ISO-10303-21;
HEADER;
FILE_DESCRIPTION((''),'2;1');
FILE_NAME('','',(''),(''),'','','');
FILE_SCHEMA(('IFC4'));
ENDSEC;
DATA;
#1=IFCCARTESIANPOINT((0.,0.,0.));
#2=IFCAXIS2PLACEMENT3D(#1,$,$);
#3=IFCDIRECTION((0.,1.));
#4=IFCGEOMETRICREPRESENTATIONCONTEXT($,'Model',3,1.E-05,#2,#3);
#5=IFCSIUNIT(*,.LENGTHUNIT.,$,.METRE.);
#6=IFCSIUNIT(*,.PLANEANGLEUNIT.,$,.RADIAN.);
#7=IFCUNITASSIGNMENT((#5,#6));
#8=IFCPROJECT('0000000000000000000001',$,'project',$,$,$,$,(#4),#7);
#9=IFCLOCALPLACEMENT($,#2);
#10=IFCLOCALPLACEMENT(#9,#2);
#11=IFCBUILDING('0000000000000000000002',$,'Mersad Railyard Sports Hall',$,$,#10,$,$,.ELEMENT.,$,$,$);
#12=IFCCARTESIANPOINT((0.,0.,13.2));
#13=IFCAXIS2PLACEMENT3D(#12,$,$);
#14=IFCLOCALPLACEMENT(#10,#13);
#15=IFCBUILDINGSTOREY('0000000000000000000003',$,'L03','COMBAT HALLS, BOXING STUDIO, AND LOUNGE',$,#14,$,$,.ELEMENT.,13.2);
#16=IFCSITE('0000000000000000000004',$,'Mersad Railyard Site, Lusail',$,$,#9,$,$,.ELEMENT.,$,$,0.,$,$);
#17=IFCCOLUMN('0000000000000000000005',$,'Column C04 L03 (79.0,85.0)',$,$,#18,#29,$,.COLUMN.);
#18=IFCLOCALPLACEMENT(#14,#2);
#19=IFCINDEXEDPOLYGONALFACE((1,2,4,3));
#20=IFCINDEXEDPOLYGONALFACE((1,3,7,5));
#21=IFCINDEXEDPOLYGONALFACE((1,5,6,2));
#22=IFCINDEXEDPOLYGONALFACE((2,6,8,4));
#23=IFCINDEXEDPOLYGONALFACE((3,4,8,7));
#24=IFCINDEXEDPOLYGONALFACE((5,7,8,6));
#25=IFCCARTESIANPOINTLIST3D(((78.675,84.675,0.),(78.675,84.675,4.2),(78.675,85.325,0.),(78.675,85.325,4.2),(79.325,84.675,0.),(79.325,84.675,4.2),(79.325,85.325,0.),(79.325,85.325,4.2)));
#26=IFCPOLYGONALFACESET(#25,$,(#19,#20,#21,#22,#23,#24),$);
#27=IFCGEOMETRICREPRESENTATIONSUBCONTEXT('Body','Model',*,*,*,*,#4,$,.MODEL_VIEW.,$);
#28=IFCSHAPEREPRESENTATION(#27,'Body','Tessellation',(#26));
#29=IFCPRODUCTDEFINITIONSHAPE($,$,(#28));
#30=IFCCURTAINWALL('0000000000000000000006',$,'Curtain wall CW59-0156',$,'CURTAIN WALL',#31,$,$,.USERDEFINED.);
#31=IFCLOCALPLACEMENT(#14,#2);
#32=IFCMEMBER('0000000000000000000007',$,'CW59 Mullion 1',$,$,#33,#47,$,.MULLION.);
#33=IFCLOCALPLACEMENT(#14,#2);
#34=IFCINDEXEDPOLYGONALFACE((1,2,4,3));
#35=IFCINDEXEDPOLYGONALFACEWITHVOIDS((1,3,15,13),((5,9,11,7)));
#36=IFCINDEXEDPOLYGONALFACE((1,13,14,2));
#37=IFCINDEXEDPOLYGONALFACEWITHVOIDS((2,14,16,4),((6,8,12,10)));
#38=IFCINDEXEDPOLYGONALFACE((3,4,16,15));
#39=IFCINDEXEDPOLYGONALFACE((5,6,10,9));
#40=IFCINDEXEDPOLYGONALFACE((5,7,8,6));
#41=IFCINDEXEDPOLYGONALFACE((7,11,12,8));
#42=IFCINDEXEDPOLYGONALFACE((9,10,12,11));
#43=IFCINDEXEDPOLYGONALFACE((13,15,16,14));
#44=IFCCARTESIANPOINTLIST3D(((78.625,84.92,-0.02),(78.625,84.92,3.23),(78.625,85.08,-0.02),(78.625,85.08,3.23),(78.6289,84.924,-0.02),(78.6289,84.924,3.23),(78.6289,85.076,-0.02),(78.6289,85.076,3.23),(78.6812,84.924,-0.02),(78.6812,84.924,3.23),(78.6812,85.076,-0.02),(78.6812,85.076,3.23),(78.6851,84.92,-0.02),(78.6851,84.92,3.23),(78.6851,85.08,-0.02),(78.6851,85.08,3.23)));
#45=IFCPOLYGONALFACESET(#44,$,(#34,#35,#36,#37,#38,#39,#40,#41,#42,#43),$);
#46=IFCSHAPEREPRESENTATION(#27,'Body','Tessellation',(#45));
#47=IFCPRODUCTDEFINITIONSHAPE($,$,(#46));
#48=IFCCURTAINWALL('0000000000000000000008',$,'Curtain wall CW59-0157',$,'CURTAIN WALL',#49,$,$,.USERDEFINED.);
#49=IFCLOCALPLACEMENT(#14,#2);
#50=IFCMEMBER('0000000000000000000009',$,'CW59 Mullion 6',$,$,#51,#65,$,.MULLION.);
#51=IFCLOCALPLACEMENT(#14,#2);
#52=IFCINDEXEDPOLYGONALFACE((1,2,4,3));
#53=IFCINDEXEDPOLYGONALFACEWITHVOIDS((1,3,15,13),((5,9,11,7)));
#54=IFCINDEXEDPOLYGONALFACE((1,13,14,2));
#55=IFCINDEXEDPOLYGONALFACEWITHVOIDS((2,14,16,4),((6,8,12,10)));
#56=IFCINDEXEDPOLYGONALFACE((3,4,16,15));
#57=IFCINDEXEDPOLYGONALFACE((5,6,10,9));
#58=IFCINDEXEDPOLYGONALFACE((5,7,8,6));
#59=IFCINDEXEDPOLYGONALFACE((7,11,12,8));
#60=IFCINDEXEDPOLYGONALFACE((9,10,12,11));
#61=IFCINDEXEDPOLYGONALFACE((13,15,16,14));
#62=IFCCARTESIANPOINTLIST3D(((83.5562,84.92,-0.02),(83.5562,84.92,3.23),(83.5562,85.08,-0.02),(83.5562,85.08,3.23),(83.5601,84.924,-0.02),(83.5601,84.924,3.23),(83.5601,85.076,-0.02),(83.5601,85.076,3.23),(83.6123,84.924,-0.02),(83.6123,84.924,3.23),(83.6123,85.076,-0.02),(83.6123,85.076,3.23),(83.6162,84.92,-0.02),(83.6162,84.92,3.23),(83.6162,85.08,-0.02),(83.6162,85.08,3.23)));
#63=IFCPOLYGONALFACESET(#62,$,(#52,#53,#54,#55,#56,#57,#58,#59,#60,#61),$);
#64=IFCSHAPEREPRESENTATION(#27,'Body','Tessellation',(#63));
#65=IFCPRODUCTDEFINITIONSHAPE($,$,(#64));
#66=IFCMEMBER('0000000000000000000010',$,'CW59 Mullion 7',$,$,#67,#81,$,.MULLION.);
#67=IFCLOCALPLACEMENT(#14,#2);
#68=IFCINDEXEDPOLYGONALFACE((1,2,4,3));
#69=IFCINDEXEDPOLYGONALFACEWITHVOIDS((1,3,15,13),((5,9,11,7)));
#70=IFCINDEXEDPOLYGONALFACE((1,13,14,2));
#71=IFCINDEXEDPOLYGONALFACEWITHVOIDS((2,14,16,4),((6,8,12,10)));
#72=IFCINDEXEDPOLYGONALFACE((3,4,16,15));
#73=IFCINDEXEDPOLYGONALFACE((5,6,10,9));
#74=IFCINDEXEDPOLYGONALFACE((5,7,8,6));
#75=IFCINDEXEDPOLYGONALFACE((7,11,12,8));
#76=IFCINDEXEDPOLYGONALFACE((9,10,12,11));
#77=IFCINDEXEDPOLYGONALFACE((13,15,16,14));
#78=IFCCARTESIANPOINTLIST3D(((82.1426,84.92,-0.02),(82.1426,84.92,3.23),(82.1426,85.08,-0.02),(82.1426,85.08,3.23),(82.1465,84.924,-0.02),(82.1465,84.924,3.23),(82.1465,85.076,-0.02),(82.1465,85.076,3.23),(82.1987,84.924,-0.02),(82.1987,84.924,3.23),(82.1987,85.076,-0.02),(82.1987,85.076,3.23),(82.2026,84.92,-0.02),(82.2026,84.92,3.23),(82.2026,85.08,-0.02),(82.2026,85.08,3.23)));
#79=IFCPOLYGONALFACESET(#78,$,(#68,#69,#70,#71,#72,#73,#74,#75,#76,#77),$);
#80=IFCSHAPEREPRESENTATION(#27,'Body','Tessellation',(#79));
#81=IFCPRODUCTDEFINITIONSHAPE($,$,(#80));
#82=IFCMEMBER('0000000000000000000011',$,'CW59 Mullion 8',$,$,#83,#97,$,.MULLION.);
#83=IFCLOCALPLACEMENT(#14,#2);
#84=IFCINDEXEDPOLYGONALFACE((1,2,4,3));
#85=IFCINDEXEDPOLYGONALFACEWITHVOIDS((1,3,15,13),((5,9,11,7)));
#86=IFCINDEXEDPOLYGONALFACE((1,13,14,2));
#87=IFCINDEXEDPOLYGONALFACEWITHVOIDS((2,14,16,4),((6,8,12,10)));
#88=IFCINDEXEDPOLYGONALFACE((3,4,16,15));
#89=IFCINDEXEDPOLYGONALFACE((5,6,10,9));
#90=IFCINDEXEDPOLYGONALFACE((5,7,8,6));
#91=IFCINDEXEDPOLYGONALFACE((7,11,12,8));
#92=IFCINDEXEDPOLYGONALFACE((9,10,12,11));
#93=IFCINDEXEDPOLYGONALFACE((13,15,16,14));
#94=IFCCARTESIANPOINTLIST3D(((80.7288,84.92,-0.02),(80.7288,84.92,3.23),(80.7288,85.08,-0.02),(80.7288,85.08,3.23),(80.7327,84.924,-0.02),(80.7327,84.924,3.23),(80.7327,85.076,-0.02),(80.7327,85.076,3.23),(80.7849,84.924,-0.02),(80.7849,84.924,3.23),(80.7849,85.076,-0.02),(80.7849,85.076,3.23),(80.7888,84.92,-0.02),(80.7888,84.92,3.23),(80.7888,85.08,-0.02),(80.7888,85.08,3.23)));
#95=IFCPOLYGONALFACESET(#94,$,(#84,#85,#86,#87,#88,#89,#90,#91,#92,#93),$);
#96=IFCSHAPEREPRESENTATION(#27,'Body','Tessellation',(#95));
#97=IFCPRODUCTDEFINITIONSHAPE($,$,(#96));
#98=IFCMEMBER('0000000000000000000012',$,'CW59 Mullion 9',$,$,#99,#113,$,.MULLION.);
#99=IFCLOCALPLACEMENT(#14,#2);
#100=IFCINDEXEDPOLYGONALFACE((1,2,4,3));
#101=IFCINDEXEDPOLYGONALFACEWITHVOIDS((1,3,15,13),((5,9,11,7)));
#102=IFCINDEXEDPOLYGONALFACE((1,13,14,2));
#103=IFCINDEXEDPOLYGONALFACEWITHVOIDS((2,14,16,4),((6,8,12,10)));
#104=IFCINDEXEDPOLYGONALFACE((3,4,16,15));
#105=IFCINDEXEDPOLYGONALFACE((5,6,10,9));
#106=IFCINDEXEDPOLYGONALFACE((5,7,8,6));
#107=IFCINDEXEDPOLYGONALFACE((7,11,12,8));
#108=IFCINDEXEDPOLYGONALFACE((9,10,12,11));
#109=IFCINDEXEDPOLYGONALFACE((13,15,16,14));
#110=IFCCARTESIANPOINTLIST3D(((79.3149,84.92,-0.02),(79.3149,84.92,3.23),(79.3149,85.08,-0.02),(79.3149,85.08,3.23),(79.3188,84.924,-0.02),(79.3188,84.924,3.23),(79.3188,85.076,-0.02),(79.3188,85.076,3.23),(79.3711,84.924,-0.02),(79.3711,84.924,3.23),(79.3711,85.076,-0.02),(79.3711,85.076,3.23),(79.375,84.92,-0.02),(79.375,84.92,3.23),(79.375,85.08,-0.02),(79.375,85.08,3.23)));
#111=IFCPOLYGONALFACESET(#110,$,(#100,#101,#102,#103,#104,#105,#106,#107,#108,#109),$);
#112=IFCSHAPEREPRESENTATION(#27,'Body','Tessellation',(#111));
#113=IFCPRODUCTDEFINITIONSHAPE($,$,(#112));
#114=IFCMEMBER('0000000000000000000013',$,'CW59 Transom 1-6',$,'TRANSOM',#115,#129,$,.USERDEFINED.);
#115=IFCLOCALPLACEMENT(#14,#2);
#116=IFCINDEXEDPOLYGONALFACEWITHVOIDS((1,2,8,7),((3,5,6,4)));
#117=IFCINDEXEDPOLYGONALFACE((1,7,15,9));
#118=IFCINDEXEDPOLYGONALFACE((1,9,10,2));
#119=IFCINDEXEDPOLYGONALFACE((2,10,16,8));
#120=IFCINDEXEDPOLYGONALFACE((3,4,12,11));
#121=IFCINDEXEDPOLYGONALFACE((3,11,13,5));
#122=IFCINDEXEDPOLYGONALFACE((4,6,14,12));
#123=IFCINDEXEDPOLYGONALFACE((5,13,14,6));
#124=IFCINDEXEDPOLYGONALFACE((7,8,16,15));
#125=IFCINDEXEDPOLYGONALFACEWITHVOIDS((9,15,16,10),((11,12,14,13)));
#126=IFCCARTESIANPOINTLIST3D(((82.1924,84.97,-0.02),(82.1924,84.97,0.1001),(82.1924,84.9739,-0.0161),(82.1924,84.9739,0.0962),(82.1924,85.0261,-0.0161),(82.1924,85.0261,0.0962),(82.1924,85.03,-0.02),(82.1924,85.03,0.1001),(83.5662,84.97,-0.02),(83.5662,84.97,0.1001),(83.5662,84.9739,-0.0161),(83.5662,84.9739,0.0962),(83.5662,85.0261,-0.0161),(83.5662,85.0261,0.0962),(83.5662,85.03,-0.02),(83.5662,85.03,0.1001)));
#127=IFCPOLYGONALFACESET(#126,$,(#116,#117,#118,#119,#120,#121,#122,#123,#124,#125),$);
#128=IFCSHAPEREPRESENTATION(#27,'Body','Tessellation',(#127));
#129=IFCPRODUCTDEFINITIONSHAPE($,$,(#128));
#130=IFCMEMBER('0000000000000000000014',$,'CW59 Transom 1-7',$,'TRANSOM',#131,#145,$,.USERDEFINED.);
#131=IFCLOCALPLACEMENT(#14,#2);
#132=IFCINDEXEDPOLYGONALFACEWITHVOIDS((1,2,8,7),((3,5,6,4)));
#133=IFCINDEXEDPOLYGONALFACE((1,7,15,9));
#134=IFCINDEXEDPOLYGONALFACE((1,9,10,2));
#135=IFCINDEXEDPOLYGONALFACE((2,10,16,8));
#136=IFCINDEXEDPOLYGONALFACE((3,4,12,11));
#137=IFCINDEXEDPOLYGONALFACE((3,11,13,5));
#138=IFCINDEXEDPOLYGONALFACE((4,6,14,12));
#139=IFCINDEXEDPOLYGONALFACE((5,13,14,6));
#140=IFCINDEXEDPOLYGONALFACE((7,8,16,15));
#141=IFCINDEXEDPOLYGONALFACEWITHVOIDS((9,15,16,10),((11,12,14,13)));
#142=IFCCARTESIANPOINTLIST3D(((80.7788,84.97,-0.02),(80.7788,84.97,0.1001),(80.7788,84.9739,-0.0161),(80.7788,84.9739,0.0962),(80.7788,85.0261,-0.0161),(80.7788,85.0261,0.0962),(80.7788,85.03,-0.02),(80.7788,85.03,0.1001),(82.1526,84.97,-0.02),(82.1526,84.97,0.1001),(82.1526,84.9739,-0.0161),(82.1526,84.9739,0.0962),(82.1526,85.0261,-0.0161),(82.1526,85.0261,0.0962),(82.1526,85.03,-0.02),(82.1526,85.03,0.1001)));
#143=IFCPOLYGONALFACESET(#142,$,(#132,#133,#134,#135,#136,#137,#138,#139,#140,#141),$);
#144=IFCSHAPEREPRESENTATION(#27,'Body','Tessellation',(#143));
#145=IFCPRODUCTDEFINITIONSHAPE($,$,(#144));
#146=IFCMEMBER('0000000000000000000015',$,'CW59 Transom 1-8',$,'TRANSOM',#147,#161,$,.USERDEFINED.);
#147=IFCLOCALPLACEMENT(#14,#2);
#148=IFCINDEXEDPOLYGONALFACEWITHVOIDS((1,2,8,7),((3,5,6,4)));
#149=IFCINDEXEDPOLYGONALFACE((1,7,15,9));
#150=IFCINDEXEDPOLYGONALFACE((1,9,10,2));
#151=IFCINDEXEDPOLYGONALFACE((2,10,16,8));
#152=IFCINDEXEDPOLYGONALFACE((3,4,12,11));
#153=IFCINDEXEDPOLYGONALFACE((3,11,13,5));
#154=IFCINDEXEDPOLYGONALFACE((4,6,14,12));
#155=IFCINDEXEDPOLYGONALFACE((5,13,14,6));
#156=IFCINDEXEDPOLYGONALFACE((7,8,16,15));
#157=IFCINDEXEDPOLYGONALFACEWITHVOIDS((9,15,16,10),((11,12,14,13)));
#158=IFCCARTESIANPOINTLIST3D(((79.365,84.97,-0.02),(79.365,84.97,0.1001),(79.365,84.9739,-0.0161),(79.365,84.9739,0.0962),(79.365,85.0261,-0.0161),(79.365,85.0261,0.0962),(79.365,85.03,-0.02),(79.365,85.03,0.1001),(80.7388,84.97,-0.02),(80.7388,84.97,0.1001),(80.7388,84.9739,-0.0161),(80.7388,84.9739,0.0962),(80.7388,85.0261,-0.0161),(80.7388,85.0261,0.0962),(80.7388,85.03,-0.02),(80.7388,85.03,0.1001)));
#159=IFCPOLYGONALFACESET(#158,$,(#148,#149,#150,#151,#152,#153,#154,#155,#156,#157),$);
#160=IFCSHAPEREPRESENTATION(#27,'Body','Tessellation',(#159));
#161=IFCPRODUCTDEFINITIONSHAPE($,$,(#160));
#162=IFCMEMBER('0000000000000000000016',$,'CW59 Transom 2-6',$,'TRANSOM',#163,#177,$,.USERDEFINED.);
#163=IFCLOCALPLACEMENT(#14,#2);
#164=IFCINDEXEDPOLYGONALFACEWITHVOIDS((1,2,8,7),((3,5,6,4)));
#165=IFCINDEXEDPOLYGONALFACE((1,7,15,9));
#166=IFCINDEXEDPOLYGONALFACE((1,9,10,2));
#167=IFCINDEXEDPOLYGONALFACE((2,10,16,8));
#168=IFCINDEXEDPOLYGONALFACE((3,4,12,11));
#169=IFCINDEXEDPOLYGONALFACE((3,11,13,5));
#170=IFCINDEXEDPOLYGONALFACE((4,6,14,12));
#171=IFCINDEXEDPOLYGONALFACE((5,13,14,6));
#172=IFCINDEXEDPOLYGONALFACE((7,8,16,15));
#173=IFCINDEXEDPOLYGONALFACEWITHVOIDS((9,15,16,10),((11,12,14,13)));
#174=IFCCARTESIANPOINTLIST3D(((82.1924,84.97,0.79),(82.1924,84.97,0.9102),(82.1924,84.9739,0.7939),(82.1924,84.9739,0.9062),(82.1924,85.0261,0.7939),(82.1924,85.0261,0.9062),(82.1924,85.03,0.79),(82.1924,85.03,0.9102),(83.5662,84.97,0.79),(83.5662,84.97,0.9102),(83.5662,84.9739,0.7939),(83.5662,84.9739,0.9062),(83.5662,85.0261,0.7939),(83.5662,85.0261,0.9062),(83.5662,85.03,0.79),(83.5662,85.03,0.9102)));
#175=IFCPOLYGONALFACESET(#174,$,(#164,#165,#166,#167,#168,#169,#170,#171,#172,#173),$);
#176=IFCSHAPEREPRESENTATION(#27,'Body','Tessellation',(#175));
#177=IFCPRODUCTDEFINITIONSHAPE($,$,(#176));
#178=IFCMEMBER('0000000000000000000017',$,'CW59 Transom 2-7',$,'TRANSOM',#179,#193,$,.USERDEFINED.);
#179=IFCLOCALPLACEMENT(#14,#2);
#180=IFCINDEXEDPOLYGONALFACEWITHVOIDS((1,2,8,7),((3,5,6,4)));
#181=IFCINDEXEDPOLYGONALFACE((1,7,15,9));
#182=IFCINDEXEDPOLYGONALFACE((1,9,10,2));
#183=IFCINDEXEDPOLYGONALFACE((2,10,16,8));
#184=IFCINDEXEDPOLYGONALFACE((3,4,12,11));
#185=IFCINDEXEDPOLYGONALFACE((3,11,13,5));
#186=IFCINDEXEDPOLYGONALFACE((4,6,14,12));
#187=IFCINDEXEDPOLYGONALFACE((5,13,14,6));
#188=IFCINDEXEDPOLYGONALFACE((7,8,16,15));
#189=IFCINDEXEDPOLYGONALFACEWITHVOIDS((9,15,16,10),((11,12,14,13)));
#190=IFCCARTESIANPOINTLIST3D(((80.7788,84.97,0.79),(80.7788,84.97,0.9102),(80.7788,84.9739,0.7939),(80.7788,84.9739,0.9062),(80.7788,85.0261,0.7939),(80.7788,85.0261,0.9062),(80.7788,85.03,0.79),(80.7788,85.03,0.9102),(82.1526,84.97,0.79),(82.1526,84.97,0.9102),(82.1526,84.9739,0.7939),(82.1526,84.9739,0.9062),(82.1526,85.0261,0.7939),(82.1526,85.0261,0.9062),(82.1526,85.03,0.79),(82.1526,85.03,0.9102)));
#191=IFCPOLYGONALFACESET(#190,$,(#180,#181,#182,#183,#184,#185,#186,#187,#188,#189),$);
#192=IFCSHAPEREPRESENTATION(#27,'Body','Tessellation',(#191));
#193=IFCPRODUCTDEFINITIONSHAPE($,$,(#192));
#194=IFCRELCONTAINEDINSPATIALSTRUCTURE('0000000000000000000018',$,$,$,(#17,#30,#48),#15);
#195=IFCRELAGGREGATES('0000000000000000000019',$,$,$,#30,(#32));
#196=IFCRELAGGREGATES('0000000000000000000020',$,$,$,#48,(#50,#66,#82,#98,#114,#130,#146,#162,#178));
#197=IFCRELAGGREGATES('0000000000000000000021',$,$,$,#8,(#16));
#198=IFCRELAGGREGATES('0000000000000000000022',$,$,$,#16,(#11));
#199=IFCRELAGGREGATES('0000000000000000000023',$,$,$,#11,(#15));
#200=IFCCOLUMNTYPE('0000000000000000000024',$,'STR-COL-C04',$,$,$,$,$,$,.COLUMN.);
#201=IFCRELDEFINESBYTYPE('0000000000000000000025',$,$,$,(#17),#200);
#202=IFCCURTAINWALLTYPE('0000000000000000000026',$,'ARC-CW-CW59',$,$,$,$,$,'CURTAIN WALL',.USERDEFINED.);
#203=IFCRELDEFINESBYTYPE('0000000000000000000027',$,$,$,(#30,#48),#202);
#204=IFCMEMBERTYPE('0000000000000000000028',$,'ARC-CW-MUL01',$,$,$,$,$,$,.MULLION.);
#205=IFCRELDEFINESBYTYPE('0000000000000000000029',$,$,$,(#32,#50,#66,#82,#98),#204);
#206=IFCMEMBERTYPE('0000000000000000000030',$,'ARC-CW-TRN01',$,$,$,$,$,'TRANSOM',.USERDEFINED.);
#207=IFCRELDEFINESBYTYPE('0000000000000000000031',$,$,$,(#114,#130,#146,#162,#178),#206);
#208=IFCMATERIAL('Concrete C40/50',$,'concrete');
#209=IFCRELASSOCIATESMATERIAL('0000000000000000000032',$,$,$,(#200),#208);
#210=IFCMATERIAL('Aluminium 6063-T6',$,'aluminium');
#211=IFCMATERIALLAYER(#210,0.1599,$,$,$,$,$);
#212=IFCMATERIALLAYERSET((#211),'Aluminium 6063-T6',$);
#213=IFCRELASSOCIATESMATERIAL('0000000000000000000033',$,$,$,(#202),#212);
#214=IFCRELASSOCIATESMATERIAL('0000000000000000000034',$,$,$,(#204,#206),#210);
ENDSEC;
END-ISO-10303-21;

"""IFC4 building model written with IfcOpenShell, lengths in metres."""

from ifc_helpers import new_model, si_unit, direction, frame, origin, origin_2d, place, context, subcontext, project, spatial, rectangle, hollow_rectangle, extrude, material, layer, layer_set, material_profile, profile_set, type_object, element, aggregate, save


model = new_model("IFC4")

# Units and contexts
model_context = context("Model", 3, precision=1e-05, world=origin(), true_north=direction((0.0, 1.0)))
body_context = subcontext(model_context, "Body", "Model", "MODEL_VIEW")
ifc_project = project(units=[si_unit("LENGTHUNIT", "METRE"), si_unit("PLANEANGLEUNIT", "RADIAN")], contexts=[model_context])

# Site, building, storey
site_placement = place(None, origin())
site = spatial("IfcSite", under=ifc_project, at=site_placement, Name="Mersad Railyard Site, Lusail", CompositionType="ELEMENT", RefElevation=0.0)
building_placement = place(site_placement, origin())
building = spatial("IfcBuilding", under=site, at=building_placement, Name="Mersad Railyard Sports Hall", CompositionType="ELEMENT")
storey_placement = place(building_placement, frame((0.0, 0.0, 13.2)))
storey = spatial("IfcBuildingStorey", under=building, at=storey_placement, Name="L03", Description="COMBAT HALLS, BOXING STUDIO, AND LOUNGE", CompositionType="ELEMENT", Elevation=13.2)

# Column
ifc_material_1 = material(Name="Concrete C40/50", Category="concrete")
ifc_material_profile_1 = material_profile(ifc_material_1, rectangle(XDim=0.6499, YDim=0.6499, at=origin_2d()), Name="RC 650x650")
ifc_profile_set_1 = profile_set([ifc_material_profile_1], Name="Concrete C40/50")
column_type = type_object("IfcColumnType", Name="STR-COL-C04", PredefinedType="COLUMN", material=ifc_profile_set_1)
column_placement = place(storey_placement, frame((79.0, 85.0, 0.0), z_axis=(0.0, 0.0, 1.0), x_axis=(1.0, 0.0, 0.0)))
element("IfcColumn", 1, at=column_placement, inside=storey, type_object=column_type, Name="Column C04 L03 (79.0,85.0)", PredefinedType="COLUMN", context=body_context, shape_type="SweptSolid", body=[
    extrude(rectangle(XDim=0.6499, YDim=0.6499, at=origin_2d()), origin(), (0.0, 0.0, 1.0), 4.2),
])

# Curtain wall, member
ifc_material_2 = material(Name="Aluminium 6063-T6", Category="aluminium")
ifc_layer_1 = layer(ifc_material_2, 0.1599)
ifc_layer_set_1 = layer_set([ifc_layer_1], Name="Aluminium 6063-T6")
curtain_wall_type = type_object("IfcCurtainWallType", Name="ARC-CW-CW59", ElementType="CURTAIN WALL", PredefinedType="USERDEFINED", material=ifc_layer_set_1)
curtain_wall_1_placement = place(storey_placement, origin())
curtain_wall_1 = element("IfcCurtainWall", 2, at=curtain_wall_1_placement, inside=storey, type_object=curtain_wall_type, Name="Curtain wall CW59-0156", ObjectType="CURTAIN WALL", PredefinedType="USERDEFINED")
ifc_material_profile_2 = material_profile(ifc_material_2, hollow_rectangle(XDim=0.0601, YDim=0.1599, WallThickness=0.0039, at=origin_2d()), Name="AL MULLION 60x160x4")
ifc_profile_set_2 = profile_set([ifc_material_profile_2], Name="Aluminium 6063-T6")
member_type_1 = type_object("IfcMemberType", Name="ARC-CW-MUL01", PredefinedType="MULLION", material=ifc_profile_set_2)
member_1_placement = place(storey_placement, frame((78.655, 85.0, -0.02), z_axis=(0.0, 0.0, 1.0), x_axis=(1.0, 0.0, 0.0)))
member_1 = element("IfcMember", 3, at=member_1_placement, type_object=member_type_1, Name="CW59 Mullion 1", PredefinedType="MULLION", context=body_context, shape_type="SweptSolid", body=[
    extrude(hollow_rectangle(XDim=0.0601, YDim=0.1599, WallThickness=0.0039, at=origin_2d()), origin(), (0.0, 0.0, 1.0), 3.25),
])
aggregate(curtain_wall_1, [member_1])

# Curtain wall, members
curtain_wall_2_placement = place(storey_placement, origin())
curtain_wall_2 = element("IfcCurtainWall", 4, at=curtain_wall_2_placement, inside=storey, type_object=curtain_wall_type, Name="Curtain wall CW59-0157", ObjectType="CURTAIN WALL", PredefinedType="USERDEFINED")
member_2_placement = place(storey_placement, frame((83.5862, 85.0, -0.02), z_axis=(0.0, 0.0, 1.0), x_axis=(1.0, 0.0, 0.0)))
member_2 = element("IfcMember", 5, at=member_2_placement, type_object=member_type_1, Name="CW59 Mullion 6", PredefinedType="MULLION", context=body_context, shape_type="SweptSolid", body=[
    extrude(hollow_rectangle(XDim=0.0601, YDim=0.1599, WallThickness=0.0039, at=origin_2d()), origin(), (0.0, 0.0, 1.0), 3.25),
])
member_3_placement = place(storey_placement, frame((82.1726, 85.0, -0.02), z_axis=(0.0, 0.0, 1.0), x_axis=(1.0, 0.0, 0.0)))
member_3 = element("IfcMember", 6, at=member_3_placement, type_object=member_type_1, Name="CW59 Mullion 7", PredefinedType="MULLION", context=body_context, shape_type="SweptSolid", body=[
    extrude(hollow_rectangle(XDim=0.0601, YDim=0.1599, WallThickness=0.0039, at=origin_2d()), origin(), (0.0, 0.0, 1.0), 3.25),
])
member_4_placement = place(storey_placement, frame((80.7588, 85.0, -0.02), z_axis=(0.0, 0.0, 1.0), x_axis=(1.0, 0.0, 0.0)))
member_4 = element("IfcMember", 7, at=member_4_placement, type_object=member_type_1, Name="CW59 Mullion 8", PredefinedType="MULLION", context=body_context, shape_type="SweptSolid", body=[
    extrude(hollow_rectangle(XDim=0.0601, YDim=0.1599, WallThickness=0.0039, at=origin_2d()), origin(), (0.0, 0.0, 1.0), 3.25),
])
member_5_placement = place(storey_placement, frame((79.345, 85.0, -0.02), z_axis=(0.0, 0.0, 1.0), x_axis=(1.0, 0.0, 0.0)))
member_5 = element("IfcMember", 8, at=member_5_placement, type_object=member_type_1, Name="CW59 Mullion 9", PredefinedType="MULLION", context=body_context, shape_type="SweptSolid", body=[
    extrude(hollow_rectangle(XDim=0.0601, YDim=0.1599, WallThickness=0.0039, at=origin_2d()), origin(), (0.0, 0.0, 1.0), 3.25),
])
ifc_material_profile_3 = material_profile(ifc_material_2, hollow_rectangle(XDim=0.0601, YDim=0.1201, WallThickness=0.0039, at=origin_2d()), Name="AL TRANSOM 60x120x4")
ifc_profile_set_3 = profile_set([ifc_material_profile_3], Name="Aluminium 6063-T6")
member_type_2 = type_object("IfcMemberType", Name="ARC-CW-TRN01", ElementType="TRANSOM", PredefinedType="USERDEFINED", material=ifc_profile_set_3)
member_6_placement = place(storey_placement, frame((83.5662, 85.0, 0.04), z_axis=(-1.0, 0.0, 0.0), x_axis=(0.0, -1.0, 0.0)))
member_6 = element("IfcMember", 9, at=member_6_placement, type_object=member_type_2, Name="CW59 Transom 1-6", ObjectType="TRANSOM", PredefinedType="USERDEFINED", context=body_context, shape_type="SweptSolid", body=[
    extrude(hollow_rectangle(XDim=0.0601, YDim=0.1201, WallThickness=0.0039, at=origin_2d()), origin(), (0.0, 0.0, 1.0), 1.3738),
])
member_7_placement = place(storey_placement, frame((82.1526, 85.0, 0.04), z_axis=(-1.0, 0.0, 0.0), x_axis=(0.0, -1.0, 0.0)))
member_7 = element("IfcMember", 10, at=member_7_placement, type_object=member_type_2, Name="CW59 Transom 1-7", ObjectType="TRANSOM", PredefinedType="USERDEFINED", context=body_context, shape_type="SweptSolid", body=[
    extrude(hollow_rectangle(XDim=0.0601, YDim=0.1201, WallThickness=0.0039, at=origin_2d()), origin(), (0.0, 0.0, 1.0), 1.3738),
])
member_8_placement = place(storey_placement, frame((80.7388, 85.0, 0.04), z_axis=(-1.0, 0.0, 0.0), x_axis=(0.0, -1.0, 0.0)))
member_8 = element("IfcMember", 11, at=member_8_placement, type_object=member_type_2, Name="CW59 Transom 1-8", ObjectType="TRANSOM", PredefinedType="USERDEFINED", context=body_context, shape_type="SweptSolid", body=[
    extrude(hollow_rectangle(XDim=0.0601, YDim=0.1201, WallThickness=0.0039, at=origin_2d()), origin(), (0.0, 0.0, 1.0), 1.3738),
])
member_9_placement = place(storey_placement, frame((83.5662, 85.0, 0.8501), z_axis=(-1.0, 0.0, 0.0), x_axis=(0.0, -1.0, 0.0)))
member_9 = element("IfcMember", 12, at=member_9_placement, type_object=member_type_2, Name="CW59 Transom 2-6", ObjectType="TRANSOM", PredefinedType="USERDEFINED", context=body_context, shape_type="SweptSolid", body=[
    extrude(hollow_rectangle(XDim=0.0601, YDim=0.1201, WallThickness=0.0039, at=origin_2d()), origin(), (0.0, 0.0, 1.0), 1.3738),
])
member_10_placement = place(storey_placement, frame((82.1526, 85.0, 0.8501), z_axis=(-1.0, 0.0, 0.0), x_axis=(0.0, -1.0, 0.0)))
member_10 = element("IfcMember", 13, at=member_10_placement, type_object=member_type_2, Name="CW59 Transom 2-7", ObjectType="TRANSOM", PredefinedType="USERDEFINED", context=body_context, shape_type="SweptSolid", body=[
    extrude(hollow_rectangle(XDim=0.0601, YDim=0.1201, WallThickness=0.0039, at=origin_2d()), origin(), (0.0, 0.0, 1.0), 1.3738),
])

aggregate(curtain_wall_2, [member_2, member_3, member_4, member_5, member_6, member_7, member_8, member_9, member_10])

save(model, "model.ifc")
